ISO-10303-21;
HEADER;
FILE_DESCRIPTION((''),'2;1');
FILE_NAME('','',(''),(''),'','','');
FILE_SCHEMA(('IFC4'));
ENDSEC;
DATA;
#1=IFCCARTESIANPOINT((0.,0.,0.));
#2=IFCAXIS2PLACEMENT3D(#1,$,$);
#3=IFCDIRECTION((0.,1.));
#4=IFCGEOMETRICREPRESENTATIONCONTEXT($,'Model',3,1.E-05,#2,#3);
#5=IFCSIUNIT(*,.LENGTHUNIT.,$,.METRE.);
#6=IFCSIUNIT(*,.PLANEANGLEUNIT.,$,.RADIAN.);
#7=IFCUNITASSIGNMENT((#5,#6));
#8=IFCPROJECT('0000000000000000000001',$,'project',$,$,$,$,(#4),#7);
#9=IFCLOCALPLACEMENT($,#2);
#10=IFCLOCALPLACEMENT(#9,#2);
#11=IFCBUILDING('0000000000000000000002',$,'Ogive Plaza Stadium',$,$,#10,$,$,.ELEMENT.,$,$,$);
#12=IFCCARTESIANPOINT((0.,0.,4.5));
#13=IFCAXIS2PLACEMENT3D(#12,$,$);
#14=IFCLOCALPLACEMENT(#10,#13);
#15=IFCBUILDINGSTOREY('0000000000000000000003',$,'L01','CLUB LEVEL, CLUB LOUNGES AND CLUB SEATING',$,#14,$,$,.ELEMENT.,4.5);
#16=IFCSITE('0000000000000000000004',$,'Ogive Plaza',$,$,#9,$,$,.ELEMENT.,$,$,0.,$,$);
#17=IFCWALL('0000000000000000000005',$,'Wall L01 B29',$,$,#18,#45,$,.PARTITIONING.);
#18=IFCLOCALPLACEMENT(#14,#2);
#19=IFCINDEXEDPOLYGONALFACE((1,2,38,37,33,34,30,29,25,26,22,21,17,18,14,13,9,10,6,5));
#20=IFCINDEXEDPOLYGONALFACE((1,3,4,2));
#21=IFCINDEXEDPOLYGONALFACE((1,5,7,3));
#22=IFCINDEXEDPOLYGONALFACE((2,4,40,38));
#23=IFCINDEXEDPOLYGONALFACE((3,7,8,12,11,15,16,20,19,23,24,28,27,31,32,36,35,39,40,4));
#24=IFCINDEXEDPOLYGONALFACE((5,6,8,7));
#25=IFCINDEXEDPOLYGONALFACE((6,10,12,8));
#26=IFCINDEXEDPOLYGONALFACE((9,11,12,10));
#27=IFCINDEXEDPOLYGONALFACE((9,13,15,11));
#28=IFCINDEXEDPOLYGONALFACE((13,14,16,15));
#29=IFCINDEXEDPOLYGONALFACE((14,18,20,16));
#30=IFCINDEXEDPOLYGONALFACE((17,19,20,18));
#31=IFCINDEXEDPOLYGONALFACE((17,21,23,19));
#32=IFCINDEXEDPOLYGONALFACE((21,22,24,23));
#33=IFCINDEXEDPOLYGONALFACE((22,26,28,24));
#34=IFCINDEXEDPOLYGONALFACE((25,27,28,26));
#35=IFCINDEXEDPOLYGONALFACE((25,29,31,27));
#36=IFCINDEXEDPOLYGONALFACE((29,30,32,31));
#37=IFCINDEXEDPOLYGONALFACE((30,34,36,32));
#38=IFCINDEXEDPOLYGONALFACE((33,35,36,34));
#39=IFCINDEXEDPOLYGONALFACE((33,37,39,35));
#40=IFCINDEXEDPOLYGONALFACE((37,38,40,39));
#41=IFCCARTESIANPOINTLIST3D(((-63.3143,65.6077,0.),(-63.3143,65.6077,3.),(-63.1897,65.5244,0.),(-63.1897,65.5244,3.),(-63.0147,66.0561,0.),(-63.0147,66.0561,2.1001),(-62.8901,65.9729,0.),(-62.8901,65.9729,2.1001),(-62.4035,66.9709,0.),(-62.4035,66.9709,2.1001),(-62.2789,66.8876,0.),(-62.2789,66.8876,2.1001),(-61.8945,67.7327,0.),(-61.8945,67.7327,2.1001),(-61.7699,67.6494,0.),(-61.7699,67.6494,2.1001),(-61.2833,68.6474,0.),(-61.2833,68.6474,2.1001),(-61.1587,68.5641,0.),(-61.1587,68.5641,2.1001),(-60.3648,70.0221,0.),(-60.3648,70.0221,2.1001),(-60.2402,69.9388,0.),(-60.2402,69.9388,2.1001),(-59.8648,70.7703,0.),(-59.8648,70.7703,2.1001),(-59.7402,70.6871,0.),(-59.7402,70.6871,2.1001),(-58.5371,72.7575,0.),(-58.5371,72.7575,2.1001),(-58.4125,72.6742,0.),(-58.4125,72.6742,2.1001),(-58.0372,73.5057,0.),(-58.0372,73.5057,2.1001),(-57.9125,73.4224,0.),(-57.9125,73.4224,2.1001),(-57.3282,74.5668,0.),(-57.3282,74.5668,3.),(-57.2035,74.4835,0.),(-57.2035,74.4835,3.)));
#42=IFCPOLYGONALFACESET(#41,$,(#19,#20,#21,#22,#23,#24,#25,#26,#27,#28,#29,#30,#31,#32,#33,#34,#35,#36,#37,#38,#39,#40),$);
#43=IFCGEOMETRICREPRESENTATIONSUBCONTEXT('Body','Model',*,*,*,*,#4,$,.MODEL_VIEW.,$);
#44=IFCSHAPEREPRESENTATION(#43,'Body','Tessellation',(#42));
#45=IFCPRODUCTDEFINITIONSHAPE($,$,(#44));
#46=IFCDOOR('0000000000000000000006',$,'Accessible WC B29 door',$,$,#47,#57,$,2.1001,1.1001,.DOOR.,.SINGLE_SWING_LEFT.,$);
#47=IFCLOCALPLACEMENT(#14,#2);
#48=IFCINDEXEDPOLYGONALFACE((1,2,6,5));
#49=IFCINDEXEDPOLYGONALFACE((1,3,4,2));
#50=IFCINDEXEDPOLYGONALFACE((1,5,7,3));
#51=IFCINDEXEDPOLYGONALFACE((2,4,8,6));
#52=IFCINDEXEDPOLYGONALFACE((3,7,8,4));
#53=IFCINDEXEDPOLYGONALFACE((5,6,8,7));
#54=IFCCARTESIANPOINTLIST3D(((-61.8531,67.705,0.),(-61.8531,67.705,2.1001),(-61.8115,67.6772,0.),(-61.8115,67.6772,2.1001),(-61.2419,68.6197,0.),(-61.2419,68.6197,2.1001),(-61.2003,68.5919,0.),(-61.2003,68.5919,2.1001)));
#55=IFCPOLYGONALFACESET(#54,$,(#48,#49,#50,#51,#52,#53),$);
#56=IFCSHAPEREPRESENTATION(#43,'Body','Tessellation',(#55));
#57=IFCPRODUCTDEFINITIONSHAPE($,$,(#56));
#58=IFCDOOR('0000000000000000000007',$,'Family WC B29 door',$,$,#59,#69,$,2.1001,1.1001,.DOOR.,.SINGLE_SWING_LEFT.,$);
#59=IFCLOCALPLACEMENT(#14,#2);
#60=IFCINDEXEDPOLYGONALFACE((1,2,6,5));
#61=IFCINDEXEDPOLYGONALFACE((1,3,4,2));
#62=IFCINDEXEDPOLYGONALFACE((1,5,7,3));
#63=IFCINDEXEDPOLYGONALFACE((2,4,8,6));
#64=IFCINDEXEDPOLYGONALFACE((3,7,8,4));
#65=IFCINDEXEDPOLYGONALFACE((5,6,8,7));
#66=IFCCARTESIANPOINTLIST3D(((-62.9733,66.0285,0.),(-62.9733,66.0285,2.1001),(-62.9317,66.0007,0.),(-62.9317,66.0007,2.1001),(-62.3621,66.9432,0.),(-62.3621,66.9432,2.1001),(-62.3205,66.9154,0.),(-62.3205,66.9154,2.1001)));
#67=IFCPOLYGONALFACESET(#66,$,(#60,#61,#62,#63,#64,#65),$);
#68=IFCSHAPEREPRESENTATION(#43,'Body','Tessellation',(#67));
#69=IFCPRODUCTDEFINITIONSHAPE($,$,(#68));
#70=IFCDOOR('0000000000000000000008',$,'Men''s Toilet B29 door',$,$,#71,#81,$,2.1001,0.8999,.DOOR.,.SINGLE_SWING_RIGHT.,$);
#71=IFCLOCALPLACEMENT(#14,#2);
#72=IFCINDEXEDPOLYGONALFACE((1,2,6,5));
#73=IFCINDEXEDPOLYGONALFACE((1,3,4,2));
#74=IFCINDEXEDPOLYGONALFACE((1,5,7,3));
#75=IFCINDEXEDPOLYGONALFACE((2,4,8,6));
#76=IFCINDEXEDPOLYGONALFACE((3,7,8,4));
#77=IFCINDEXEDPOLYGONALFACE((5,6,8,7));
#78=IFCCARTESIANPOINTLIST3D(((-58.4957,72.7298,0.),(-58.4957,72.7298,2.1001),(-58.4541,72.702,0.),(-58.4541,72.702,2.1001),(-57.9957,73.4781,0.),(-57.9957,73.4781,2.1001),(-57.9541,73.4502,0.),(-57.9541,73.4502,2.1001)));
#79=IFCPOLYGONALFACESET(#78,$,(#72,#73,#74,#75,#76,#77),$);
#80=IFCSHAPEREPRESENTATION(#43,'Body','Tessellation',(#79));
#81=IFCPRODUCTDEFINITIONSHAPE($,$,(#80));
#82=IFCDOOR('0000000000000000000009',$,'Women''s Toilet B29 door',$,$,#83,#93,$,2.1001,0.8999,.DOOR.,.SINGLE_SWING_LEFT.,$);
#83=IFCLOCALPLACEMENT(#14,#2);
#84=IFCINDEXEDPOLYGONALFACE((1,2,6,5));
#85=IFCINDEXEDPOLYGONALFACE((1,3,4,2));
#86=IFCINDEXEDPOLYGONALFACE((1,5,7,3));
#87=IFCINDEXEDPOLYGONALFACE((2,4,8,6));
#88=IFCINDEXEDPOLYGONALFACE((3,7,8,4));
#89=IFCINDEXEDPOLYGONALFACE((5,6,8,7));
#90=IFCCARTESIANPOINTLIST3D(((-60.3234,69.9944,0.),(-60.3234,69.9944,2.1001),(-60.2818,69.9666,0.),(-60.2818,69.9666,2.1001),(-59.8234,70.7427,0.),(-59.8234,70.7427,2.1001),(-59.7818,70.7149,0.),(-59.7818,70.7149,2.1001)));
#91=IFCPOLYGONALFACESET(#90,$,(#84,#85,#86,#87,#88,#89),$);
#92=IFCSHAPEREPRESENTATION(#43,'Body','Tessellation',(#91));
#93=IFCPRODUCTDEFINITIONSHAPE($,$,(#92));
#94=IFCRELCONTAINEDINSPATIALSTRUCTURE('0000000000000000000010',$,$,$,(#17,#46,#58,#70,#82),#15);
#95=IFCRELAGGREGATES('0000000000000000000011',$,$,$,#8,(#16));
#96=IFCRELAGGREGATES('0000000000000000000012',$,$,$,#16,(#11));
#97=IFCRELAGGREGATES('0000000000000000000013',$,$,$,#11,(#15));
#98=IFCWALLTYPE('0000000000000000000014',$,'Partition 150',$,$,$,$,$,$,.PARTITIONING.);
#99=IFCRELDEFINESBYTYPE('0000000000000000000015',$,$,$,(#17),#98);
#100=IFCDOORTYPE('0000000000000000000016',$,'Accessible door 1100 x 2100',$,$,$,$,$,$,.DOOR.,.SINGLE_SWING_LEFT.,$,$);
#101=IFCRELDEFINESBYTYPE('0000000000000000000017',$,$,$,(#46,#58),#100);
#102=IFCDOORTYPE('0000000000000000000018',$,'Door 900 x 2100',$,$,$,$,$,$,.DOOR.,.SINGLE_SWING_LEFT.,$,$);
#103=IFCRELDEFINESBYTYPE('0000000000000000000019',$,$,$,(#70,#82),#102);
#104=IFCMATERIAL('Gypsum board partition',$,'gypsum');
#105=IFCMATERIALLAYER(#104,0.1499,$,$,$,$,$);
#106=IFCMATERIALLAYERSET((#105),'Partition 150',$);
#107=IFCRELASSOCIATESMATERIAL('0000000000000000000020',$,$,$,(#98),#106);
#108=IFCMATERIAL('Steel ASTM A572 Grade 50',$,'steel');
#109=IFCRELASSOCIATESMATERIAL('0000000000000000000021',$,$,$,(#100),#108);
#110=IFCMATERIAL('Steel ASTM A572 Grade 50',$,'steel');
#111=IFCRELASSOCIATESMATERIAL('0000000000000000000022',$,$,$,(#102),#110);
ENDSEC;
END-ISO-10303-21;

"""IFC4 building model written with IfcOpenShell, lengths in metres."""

from ifc_helpers import new_model, si_unit, direction, frame, frame_2d, origin, place, context, subcontext, project, spatial, rectangle, extrude, material, layer, layer_set, type_object, element, fill, save


model = new_model("IFC4")

# Units and contexts
model_context = context("Model", 3, precision=1e-05, world=origin(), true_north=direction((0.0, 1.0)))
body_context = subcontext(model_context, "Body", "Model", "MODEL_VIEW")
ifc_project = project(units=[si_unit("LENGTHUNIT", "METRE"), si_unit("PLANEANGLEUNIT", "RADIAN")], contexts=[model_context])

# Site, building, storey
site_placement = place(None, origin())
site = spatial("IfcSite", under=ifc_project, at=site_placement, Name="Ogive Plaza", CompositionType="ELEMENT", RefElevation=0.0)
building_placement = place(site_placement, origin())
building = spatial("IfcBuilding", under=site, at=building_placement, Name="Ogive Plaza Stadium", CompositionType="ELEMENT")
storey_placement = place(building_placement, frame((0.0, 0.0, 4.5)))
storey = spatial("IfcBuildingStorey", under=building, at=storey_placement, Name="L01", Description="CLUB LEVEL, CLUB LOUNGES AND CLUB SEATING", CompositionType="ELEMENT", Elevation=4.5)

# Wall, openings, doors
ifc_material_1 = material(Name="Gypsum board partition", Category="gypsum")
ifc_layer_1 = layer(ifc_material_1, 0.1499)
ifc_layer_set_1 = layer_set([ifc_layer_1], Name="Partition 150")
wall_type_1 = type_object("IfcWallType", Name="Partition 150", PredefinedType="PARTITIONING", material=ifc_layer_set_1)
wall_1_placement = place(storey_placement, frame((-57.2659, 74.5251, 0.0), z_axis=(0.0, 0.0, 1.0), x_axis=(-0.555563, -0.831475, 0.0)))
wall_1 = element("IfcWall", 1, at=wall_1_placement, inside=storey, type_object=wall_type_1, Name="Wall L01 B29", PredefinedType="PARTITIONING", context=body_context, shape_type="SweptSolid", body=[
    extrude(rectangle(XDim=10.7749, YDim=0.1499, at=frame_2d((5.3875, 0.0))), origin(), (0.0, 0.0, 1.0), 3.0),
])
opening_1_placement = place(wall_1_placement, frame((1.2761, 0.0, 0.0)))
opening_1 = element("IfcOpeningElement", 2, at=opening_1_placement, cuts=wall_1, PredefinedType="OPENING", context=body_context, shape_type="SweptSolid", body=[
    extrude(rectangle(XDim=0.8999, YDim=2.1001, at=frame_2d((0.45, 1.05))), frame((0.0, 0.075, 0.0), z_axis=(0.0, -1.0, 0.0), x_axis=(1.0, 0.0, 0.0)), (0.0, 0.0, 1.0), 0.1499),
])
opening_2_placement = place(wall_1_placement, frame((4.5659, 0.0, 0.0)))
opening_2 = element("IfcOpeningElement", 3, at=opening_2_placement, cuts=wall_1, PredefinedType="OPENING", context=body_context, shape_type="SweptSolid", body=[
    extrude(rectangle(XDim=0.8999, YDim=2.1001, at=frame_2d((0.45, 1.05))), frame((0.0, 0.075, 0.0), z_axis=(0.0, -1.0, 0.0), x_axis=(1.0, 0.0, 0.0)), (0.0, 0.0, 1.0), 0.1499),
])
opening_3_placement = place(wall_1_placement, frame((7.1191, 0.0, 0.0)))
opening_3 = element("IfcOpeningElement", 4, at=opening_3_placement, cuts=wall_1, PredefinedType="OPENING", context=body_context, shape_type="SweptSolid", body=[
    extrude(rectangle(XDim=1.1001, YDim=2.1001, at=frame_2d((0.55, 1.05))), frame((0.0, 0.075, 0.0), z_axis=(0.0, -1.0, 0.0), x_axis=(1.0, 0.0, 0.0)), (0.0, 0.0, 1.0), 0.1499),
])
opening_4_placement = place(wall_1_placement, frame((9.1355, 0.0, 0.0)))
opening_4 = element("IfcOpeningElement", 5, at=opening_4_placement, cuts=wall_1, PredefinedType="OPENING", context=body_context, shape_type="SweptSolid", body=[
    extrude(rectangle(XDim=1.1001, YDim=2.1001, at=frame_2d((0.55, 1.05))), frame((0.0, 0.075, 0.0), z_axis=(0.0, -1.0, 0.0), x_axis=(1.0, 0.0, 0.0)), (0.0, 0.0, 1.0), 0.1499),
])
ifc_material_2 = material(Name="Steel ASTM A572 Grade 50", Category="steel")
door_type_1 = type_object("IfcDoorType", Name="Accessible door 1100 x 2100", OperationType="SINGLE_SWING_LEFT", PredefinedType="DOOR", material=ifc_material_2)
door_1_placement = place(opening_3_placement, origin())
door_1 = element("IfcDoor", 6, at=door_1_placement, inside=storey, type_object=door_type_1, Name="Accessible WC B29 door", OperationType="SINGLE_SWING_LEFT", OverallHeight=2.1001, OverallWidth=1.1001, PredefinedType="DOOR", context=body_context, shape_type="SweptSolid", body=[
    extrude(rectangle(XDim=1.1001, YDim=2.1001, at=frame_2d((0.55, 1.05))), frame((0.0, 0.0249, 0.0), z_axis=(0.0, -1.0, 0.0), x_axis=(1.0, 0.0, 0.0)), (0.0, 0.0, 1.0), 0.05),
])
fill(opening_3, door_1)
door_2_placement = place(opening_4_placement, origin())
door_2 = element("IfcDoor", 7, at=door_2_placement, inside=storey, type_object=door_type_1, Name="Family WC B29 door", OperationType="SINGLE_SWING_LEFT", OverallHeight=2.1001, OverallWidth=1.1001, PredefinedType="DOOR", context=body_context, shape_type="SweptSolid", body=[
    extrude(rectangle(XDim=1.1001, YDim=2.1001, at=frame_2d((0.55, 1.05))), frame((0.0, 0.0249, 0.0), z_axis=(0.0, -1.0, 0.0), x_axis=(1.0, 0.0, 0.0)), (0.0, 0.0, 1.0), 0.05),
])
fill(opening_4, door_2)
ifc_material_3 = material(Name="Steel ASTM A572 Grade 50", Category="steel")
door_type_2 = type_object("IfcDoorType", Name="Door 900 x 2100", OperationType="SINGLE_SWING_LEFT", PredefinedType="DOOR", material=ifc_material_3)
door_3_placement = place(opening_1_placement, origin())
door_3 = element("IfcDoor", 8, at=door_3_placement, inside=storey, type_object=door_type_2, Name="Men's Toilet B29 door", OperationType="SINGLE_SWING_RIGHT", OverallHeight=2.1001, OverallWidth=0.8999, PredefinedType="DOOR", context=body_context, shape_type="SweptSolid", body=[
    extrude(rectangle(XDim=0.8999, YDim=2.1001, at=frame_2d((0.45, 1.05))), frame((0.0, 0.0249, 0.0), z_axis=(0.0, -1.0, 0.0), x_axis=(1.0, 0.0, 0.0)), (0.0, 0.0, 1.0), 0.05),
])
fill(opening_1, door_3)
door_4_placement = place(opening_2_placement, origin())
door_4 = element("IfcDoor", 9, at=door_4_placement, inside=storey, type_object=door_type_2, Name="Women's Toilet B29 door", OperationType="SINGLE_SWING_LEFT", OverallHeight=2.1001, OverallWidth=0.8999, PredefinedType="DOOR", context=body_context, shape_type="SweptSolid", body=[
    extrude(rectangle(XDim=0.8999, YDim=2.1001, at=frame_2d((0.45, 1.05))), frame((0.0, 0.0249, 0.0), z_axis=(0.0, -1.0, 0.0), x_axis=(1.0, 0.0, 0.0)), (0.0, 0.0, 1.0), 0.05),
])
fill(opening_2, door_4)

save(model, "model.ifc")
